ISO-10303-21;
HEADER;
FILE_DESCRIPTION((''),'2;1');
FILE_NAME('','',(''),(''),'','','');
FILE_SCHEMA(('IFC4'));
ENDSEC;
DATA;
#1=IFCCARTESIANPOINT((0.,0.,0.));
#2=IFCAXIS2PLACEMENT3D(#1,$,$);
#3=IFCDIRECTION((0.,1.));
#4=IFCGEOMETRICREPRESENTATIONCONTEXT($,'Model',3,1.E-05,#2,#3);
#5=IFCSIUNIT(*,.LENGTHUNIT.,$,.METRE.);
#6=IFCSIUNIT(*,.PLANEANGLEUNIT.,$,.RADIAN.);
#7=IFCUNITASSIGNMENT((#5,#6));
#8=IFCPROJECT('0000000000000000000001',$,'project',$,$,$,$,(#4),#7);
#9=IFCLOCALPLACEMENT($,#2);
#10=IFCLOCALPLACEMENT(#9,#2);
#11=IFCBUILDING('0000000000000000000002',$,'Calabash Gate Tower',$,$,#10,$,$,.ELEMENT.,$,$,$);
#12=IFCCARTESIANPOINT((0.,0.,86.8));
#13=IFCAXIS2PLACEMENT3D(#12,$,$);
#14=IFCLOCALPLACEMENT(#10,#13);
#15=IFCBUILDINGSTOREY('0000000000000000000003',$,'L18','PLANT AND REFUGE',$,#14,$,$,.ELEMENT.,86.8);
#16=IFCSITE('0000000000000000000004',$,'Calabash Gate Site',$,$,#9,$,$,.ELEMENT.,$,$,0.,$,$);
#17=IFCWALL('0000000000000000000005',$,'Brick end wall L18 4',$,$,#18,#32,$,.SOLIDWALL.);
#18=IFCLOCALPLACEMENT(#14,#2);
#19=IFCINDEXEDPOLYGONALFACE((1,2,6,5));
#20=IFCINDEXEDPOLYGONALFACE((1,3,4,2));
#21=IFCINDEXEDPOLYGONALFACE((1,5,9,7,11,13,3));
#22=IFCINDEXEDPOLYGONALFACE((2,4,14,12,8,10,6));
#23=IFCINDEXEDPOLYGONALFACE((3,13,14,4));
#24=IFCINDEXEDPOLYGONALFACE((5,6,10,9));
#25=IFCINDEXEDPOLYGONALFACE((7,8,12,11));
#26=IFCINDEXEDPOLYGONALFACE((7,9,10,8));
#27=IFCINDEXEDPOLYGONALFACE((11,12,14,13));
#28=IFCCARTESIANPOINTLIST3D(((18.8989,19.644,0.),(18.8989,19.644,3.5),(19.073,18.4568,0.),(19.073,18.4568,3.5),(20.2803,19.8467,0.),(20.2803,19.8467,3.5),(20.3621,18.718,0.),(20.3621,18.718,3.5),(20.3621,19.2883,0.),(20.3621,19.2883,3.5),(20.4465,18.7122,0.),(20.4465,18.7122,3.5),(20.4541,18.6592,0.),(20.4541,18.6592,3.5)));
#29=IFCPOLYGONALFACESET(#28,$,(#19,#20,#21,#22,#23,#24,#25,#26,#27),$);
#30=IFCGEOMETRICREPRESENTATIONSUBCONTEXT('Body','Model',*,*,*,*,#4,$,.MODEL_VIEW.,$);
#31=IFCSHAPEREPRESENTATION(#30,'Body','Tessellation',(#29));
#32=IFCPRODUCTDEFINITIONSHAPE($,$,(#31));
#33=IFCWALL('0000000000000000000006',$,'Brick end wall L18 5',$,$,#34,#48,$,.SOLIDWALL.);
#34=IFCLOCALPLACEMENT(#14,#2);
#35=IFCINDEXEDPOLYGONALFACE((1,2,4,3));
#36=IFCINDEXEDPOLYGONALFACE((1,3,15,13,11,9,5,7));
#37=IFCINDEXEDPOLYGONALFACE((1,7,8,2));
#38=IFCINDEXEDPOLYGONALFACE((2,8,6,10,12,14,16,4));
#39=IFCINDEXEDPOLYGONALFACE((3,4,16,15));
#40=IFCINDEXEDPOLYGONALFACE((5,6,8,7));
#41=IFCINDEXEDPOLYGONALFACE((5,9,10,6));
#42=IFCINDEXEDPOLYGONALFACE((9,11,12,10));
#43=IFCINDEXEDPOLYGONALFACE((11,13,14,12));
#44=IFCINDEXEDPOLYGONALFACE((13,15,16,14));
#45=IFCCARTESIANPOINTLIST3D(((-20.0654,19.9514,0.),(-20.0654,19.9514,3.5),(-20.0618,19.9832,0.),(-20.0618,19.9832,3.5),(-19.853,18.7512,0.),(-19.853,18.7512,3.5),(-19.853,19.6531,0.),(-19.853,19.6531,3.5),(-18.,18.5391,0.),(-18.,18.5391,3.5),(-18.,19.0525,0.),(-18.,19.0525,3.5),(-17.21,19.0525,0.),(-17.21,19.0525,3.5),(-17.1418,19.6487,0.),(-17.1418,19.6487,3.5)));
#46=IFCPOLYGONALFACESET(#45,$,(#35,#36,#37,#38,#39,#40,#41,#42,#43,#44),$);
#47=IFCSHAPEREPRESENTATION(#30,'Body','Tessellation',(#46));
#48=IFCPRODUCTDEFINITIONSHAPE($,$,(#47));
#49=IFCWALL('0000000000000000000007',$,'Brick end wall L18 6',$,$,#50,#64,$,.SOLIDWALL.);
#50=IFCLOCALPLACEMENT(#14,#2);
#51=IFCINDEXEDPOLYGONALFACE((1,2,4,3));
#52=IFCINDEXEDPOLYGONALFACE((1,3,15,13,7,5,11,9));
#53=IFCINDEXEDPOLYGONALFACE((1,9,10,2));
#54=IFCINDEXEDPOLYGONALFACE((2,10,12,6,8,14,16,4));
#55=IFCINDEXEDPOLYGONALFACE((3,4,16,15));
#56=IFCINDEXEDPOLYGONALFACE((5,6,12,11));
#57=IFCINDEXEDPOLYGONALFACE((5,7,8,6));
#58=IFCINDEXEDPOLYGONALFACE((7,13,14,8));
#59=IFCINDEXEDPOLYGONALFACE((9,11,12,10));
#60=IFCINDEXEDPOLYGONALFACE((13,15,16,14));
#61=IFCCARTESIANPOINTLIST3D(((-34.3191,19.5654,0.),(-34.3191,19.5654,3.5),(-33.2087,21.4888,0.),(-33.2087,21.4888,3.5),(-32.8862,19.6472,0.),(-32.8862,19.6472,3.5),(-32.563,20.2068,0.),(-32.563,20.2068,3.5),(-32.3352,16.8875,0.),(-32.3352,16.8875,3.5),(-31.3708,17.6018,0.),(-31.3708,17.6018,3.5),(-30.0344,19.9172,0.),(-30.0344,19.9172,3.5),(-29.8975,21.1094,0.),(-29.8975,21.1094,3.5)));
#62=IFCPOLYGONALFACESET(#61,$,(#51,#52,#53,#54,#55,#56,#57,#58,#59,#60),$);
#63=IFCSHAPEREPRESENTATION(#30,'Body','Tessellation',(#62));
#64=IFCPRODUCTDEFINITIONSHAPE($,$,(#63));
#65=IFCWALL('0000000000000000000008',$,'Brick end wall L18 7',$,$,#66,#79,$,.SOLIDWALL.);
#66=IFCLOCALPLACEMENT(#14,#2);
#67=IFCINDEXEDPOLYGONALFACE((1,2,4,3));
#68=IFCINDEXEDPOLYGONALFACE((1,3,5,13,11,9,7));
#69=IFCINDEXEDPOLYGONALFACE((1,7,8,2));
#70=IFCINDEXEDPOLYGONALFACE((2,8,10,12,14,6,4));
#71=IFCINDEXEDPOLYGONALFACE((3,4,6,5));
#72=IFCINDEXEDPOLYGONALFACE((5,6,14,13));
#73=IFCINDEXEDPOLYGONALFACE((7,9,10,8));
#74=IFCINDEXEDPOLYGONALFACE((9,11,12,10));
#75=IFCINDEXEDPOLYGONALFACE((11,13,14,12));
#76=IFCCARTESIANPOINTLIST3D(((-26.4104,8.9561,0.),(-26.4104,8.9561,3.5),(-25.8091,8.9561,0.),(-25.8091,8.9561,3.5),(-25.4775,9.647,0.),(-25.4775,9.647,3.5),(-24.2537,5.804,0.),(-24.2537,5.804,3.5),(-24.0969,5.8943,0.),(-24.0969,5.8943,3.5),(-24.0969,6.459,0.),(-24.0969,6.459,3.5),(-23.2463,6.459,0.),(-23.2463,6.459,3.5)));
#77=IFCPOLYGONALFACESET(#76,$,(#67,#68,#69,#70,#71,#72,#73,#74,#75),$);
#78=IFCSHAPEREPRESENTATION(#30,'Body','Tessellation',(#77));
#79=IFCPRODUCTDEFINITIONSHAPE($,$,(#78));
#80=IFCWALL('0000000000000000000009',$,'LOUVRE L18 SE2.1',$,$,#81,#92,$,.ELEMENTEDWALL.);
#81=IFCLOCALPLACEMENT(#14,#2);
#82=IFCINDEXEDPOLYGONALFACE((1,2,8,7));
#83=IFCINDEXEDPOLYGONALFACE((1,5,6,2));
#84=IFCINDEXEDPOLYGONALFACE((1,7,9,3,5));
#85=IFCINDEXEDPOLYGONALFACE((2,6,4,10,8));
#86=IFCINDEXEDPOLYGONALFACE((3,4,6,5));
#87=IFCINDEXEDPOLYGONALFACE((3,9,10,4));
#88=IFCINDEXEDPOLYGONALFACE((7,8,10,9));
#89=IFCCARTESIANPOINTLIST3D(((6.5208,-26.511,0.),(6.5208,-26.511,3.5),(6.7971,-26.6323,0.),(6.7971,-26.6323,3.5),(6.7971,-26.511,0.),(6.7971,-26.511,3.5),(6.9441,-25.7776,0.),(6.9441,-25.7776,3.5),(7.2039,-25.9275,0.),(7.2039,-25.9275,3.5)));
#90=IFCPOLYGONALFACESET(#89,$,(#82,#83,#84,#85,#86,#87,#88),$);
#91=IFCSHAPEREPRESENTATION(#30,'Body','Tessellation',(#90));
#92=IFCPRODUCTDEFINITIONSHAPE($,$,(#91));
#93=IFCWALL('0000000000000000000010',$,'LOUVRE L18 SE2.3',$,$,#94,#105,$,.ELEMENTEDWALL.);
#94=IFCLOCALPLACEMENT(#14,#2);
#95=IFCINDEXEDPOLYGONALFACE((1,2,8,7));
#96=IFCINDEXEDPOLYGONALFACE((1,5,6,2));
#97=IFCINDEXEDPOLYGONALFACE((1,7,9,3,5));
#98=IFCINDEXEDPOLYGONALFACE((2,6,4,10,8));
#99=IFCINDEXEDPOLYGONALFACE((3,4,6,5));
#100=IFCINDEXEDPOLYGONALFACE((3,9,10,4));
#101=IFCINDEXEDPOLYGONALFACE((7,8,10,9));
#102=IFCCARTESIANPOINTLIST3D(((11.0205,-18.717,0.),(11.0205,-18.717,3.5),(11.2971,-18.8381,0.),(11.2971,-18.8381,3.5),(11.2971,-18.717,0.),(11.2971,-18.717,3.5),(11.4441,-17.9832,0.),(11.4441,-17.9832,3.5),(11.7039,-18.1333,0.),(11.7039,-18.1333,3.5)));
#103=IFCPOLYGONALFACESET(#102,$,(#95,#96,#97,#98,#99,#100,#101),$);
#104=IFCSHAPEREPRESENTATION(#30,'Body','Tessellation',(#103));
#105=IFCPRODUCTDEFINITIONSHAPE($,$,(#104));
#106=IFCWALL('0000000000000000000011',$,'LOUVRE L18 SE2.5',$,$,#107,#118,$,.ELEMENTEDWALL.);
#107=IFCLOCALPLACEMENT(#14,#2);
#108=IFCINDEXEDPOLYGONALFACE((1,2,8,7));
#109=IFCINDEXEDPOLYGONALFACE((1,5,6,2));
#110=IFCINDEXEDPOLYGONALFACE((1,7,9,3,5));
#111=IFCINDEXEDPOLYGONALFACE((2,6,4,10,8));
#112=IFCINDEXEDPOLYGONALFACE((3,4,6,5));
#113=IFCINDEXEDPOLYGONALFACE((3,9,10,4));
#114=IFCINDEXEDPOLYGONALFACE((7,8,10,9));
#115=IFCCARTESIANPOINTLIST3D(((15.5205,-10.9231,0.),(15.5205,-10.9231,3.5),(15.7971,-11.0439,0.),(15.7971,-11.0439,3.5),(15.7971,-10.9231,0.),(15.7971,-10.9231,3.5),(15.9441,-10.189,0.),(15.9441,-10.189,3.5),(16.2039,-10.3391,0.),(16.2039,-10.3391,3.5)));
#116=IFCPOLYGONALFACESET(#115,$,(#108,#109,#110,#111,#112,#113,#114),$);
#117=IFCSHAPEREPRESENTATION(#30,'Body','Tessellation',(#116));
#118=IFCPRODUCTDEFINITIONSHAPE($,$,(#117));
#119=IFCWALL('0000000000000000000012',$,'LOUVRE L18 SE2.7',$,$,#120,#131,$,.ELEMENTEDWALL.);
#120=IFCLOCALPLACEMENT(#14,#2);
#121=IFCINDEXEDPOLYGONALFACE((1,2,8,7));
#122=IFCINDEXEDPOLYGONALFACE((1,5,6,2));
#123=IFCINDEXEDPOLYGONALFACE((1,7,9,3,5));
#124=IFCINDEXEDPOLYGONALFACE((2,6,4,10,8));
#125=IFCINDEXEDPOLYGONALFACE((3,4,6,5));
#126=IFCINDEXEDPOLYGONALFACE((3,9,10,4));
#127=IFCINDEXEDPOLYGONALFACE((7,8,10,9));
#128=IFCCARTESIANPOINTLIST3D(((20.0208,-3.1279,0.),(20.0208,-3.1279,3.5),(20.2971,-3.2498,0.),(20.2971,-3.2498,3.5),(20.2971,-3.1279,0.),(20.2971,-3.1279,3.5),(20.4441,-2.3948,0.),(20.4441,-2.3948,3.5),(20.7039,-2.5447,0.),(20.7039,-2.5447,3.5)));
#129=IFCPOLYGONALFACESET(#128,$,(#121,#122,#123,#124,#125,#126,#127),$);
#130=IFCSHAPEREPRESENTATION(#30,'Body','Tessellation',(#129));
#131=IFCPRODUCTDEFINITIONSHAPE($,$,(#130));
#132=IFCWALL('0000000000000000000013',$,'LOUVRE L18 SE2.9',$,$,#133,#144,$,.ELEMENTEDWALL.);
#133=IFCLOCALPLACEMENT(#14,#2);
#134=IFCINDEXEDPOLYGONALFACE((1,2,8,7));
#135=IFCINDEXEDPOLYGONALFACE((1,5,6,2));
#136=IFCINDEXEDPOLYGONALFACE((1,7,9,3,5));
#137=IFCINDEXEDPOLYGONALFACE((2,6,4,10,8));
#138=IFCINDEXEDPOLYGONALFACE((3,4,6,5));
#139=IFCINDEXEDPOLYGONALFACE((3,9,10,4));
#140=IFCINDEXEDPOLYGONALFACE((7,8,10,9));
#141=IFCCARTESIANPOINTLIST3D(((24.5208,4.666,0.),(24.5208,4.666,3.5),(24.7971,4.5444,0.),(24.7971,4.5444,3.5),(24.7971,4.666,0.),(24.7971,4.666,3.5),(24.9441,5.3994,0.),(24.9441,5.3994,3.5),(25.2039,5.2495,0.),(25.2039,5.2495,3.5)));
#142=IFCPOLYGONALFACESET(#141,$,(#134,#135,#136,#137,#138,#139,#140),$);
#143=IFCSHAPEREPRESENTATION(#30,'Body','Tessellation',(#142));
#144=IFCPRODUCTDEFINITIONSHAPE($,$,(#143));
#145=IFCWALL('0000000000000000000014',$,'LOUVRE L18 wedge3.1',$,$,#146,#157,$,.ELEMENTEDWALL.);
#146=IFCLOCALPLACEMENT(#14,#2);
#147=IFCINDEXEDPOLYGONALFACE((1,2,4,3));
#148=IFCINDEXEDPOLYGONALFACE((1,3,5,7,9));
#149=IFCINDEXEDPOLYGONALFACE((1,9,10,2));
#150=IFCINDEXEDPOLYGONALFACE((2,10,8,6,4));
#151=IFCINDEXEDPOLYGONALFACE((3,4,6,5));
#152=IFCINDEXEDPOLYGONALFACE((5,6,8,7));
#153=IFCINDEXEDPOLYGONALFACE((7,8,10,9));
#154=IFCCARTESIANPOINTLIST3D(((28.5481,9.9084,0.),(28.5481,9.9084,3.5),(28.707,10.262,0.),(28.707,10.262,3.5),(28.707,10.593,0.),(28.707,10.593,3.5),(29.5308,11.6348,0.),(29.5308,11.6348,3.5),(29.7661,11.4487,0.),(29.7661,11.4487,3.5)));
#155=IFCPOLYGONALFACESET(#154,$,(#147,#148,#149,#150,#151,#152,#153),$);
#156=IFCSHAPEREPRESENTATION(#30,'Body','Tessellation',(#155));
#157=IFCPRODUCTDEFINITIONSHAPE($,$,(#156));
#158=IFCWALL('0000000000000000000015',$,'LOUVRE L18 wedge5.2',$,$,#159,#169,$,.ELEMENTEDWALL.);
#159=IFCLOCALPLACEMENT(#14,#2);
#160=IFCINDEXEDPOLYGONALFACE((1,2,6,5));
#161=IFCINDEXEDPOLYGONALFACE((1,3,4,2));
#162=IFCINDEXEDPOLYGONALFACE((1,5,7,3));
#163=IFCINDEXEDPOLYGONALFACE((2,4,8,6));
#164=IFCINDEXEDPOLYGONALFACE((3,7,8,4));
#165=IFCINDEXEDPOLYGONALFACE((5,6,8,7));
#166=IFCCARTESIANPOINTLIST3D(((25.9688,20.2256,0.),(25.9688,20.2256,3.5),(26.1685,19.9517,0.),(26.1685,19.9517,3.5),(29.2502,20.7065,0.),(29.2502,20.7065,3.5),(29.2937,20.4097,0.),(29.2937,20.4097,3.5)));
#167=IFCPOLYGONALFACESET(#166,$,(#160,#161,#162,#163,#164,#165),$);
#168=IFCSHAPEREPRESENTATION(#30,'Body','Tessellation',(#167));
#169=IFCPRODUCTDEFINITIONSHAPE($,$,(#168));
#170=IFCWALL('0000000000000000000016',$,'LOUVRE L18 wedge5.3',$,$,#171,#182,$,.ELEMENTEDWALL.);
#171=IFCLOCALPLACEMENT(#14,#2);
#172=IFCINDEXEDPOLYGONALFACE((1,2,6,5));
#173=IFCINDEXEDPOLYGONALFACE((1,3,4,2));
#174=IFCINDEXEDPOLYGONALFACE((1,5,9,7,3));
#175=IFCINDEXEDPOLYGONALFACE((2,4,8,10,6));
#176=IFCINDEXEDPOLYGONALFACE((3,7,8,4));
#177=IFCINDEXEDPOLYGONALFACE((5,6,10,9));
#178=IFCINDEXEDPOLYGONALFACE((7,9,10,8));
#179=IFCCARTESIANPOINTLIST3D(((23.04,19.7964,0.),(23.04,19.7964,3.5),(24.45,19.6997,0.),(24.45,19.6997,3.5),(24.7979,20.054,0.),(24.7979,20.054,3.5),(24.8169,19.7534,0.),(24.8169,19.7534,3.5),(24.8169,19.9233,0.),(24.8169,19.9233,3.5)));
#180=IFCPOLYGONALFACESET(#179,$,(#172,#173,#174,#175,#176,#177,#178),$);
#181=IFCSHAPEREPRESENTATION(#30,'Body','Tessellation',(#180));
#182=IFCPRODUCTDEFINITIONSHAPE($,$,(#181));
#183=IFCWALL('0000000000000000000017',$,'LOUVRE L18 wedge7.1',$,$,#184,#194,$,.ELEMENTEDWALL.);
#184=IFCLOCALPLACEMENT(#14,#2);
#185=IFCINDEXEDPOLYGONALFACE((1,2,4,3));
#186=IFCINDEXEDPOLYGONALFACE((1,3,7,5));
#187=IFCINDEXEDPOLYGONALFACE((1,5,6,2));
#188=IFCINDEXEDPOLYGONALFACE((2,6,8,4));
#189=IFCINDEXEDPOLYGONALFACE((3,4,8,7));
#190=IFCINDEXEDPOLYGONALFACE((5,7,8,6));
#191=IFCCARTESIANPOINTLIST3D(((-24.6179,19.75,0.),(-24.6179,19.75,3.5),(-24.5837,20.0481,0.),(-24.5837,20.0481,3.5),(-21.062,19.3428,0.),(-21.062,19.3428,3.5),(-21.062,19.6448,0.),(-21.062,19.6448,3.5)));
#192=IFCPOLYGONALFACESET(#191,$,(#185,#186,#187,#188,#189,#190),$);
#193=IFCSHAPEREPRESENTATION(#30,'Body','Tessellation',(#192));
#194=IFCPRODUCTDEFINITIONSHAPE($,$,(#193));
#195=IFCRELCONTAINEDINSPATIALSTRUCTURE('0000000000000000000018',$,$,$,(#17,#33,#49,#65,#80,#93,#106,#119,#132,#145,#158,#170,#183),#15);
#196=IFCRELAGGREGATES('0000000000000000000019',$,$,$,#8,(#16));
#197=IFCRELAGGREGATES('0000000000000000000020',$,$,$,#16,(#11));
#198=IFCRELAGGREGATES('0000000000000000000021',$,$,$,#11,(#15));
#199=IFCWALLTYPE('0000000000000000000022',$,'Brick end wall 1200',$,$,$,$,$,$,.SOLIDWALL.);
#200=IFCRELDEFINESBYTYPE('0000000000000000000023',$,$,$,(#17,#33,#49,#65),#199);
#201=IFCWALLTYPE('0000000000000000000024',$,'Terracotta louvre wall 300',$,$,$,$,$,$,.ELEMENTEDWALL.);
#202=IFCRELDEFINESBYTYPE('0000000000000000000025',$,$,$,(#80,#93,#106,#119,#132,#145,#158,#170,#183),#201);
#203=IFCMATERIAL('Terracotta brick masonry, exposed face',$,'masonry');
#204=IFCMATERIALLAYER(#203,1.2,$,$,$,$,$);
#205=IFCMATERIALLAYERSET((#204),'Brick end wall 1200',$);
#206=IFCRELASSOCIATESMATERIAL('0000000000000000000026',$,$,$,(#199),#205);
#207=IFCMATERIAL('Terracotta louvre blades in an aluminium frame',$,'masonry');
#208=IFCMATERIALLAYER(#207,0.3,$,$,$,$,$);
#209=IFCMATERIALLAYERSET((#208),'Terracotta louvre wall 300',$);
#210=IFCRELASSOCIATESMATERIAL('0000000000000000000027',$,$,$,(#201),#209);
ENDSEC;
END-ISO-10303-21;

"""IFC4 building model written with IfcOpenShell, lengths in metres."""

from ifc_helpers import new_model, si_unit, direction, frame, origin, place, context, subcontext, project, spatial, polyline, outline, extrude, material, layer, layer_set, type_object, element, save


model = new_model("IFC4")

# Units and contexts
model_context = context("Model", 3, precision=1e-05, world=origin(), true_north=direction((0.0, 1.0)))
body_context = subcontext(model_context, "Body", "Model", "MODEL_VIEW")
ifc_project = project(units=[si_unit("LENGTHUNIT", "METRE"), si_unit("PLANEANGLEUNIT", "RADIAN")], contexts=[model_context])

# Site, building, storey
site_placement = place(None, origin())
site = spatial("IfcSite", under=ifc_project, at=site_placement, Name="Calabash Gate Site", CompositionType="ELEMENT", RefElevation=0.0)
building_placement = place(site_placement, origin())
building = spatial("IfcBuilding", under=site, at=building_placement, Name="Calabash Gate Tower", CompositionType="ELEMENT")
storey_placement = place(building_placement, frame((0.0, 0.0, 86.8)))
storey = spatial("IfcBuildingStorey", under=building, at=storey_placement, Name="L18", Description="PLANT AND REFUGE", CompositionType="ELEMENT", Elevation=86.8)

# Walls
ifc_material_1 = material(Name="Terracotta brick masonry, exposed face", Category="masonry")
ifc_layer_1 = layer(ifc_material_1, 1.2)
ifc_layer_set_1 = layer_set([ifc_layer_1], Name="Brick end wall 1200")
wall_type_1 = type_object("IfcWallType", Name="Brick end wall 1200", PredefinedType="SOLIDWALL", material=ifc_layer_set_1)
wall_1_placement = place(storey_placement, origin())
element("IfcWall", 1, at=wall_1_placement, inside=storey, type_object=wall_type_1, Name="Brick end wall L18 4", PredefinedType="SOLIDWALL", context=body_context, shape_type="SweptSolid", body=[
    extrude(outline(polyline([(18.8989, 19.644), (20.2803, 19.8467), (20.3621, 19.2883), (20.3621, 18.718), (20.4465, 18.7122), (20.4541, 18.6592), (19.073, 18.4568), (18.8989, 19.644)])), origin(), (0.0, 0.0, 1.0), 3.5),
])
wall_2_placement = place(storey_placement, origin())
element("IfcWall", 2, at=wall_2_placement, inside=storey, type_object=wall_type_1, Name="Brick end wall L18 5", PredefinedType="SOLIDWALL", context=body_context, shape_type="SweptSolid", body=[
    extrude(outline(polyline([(-19.853, 18.7512), (-18.0, 18.5391), (-18.0, 19.0525), (-17.21, 19.0525), (-17.1418, 19.6487), (-20.0618, 19.9832), (-20.0654, 19.9514), (-19.853, 19.6531), (-19.853, 18.7512)])), origin(), (0.0, 0.0, 1.0), 3.5),
])
wall_3_placement = place(storey_placement, origin())
element("IfcWall", 3, at=wall_3_placement, inside=storey, type_object=wall_type_1, Name="Brick end wall L18 6", PredefinedType="SOLIDWALL", context=body_context, shape_type="SweptSolid", body=[
    extrude(outline(polyline([(-29.8975, 21.1094), (-33.2087, 21.4888), (-34.3191, 19.5654), (-32.3352, 16.8875), (-31.3708, 17.6018), (-32.8862, 19.6472), (-32.563, 20.2068), (-30.0344, 19.9172), (-29.8975, 21.1094)])), origin(), (0.0, 0.0, 1.0), 3.5),
])
wall_4_placement = place(storey_placement, origin())
element("IfcWall", 4, at=wall_4_placement, inside=storey, type_object=wall_type_1, Name="Brick end wall L18 7", PredefinedType="SOLIDWALL", context=body_context, shape_type="SweptSolid", body=[
    extrude(outline(polyline([(-26.4104, 8.9561), (-24.2537, 5.804), (-24.0969, 5.8943), (-24.0969, 6.459), (-23.2463, 6.459), (-25.4775, 9.647), (-25.8091, 8.9561), (-26.4104, 8.9561)])), origin(), (0.0, 0.0, 1.0), 3.5),
])
ifc_material_2 = material(Name="Terracotta louvre blades in an aluminium frame", Category="masonry")
ifc_layer_2 = layer(ifc_material_2, 0.3)
ifc_layer_set_2 = layer_set([ifc_layer_2], Name="Terracotta louvre wall 300")
wall_type_2 = type_object("IfcWallType", Name="Terracotta louvre wall 300", PredefinedType="ELEMENTEDWALL", material=ifc_layer_set_2)
wall_5_placement = place(storey_placement, origin())
element("IfcWall", 5, at=wall_5_placement, inside=storey, type_object=wall_type_2, Name="LOUVRE L18 SE2.1", PredefinedType="ELEMENTEDWALL", context=body_context, shape_type="SweptSolid", body=[
    extrude(outline(polyline([(6.9441, -25.7776), (6.5208, -26.511), (6.7971, -26.511), (6.7971, -26.6323), (7.2039, -25.9275), (6.9441, -25.7776)])), origin(), (0.0, 0.0, 1.0), 3.5),
])
wall_6_placement = place(storey_placement, origin())
element("IfcWall", 6, at=wall_6_placement, inside=storey, type_object=wall_type_2, Name="LOUVRE L18 SE2.3", PredefinedType="ELEMENTEDWALL", context=body_context, shape_type="SweptSolid", body=[
    extrude(outline(polyline([(11.4441, -17.9832), (11.0205, -18.717), (11.2971, -18.717), (11.2971, -18.8381), (11.7039, -18.1333), (11.4441, -17.9832)])), origin(), (0.0, 0.0, 1.0), 3.5),
])
wall_7_placement = place(storey_placement, origin())
element("IfcWall", 7, at=wall_7_placement, inside=storey, type_object=wall_type_2, Name="LOUVRE L18 SE2.5", PredefinedType="ELEMENTEDWALL", context=body_context, shape_type="SweptSolid", body=[
    extrude(outline(polyline([(15.9441, -10.189), (15.5205, -10.9231), (15.7971, -10.9231), (15.7971, -11.0439), (16.2039, -10.3391), (15.9441, -10.189)])), origin(), (0.0, 0.0, 1.0), 3.5),
])
wall_8_placement = place(storey_placement, origin())
element("IfcWall", 8, at=wall_8_placement, inside=storey, type_object=wall_type_2, Name="LOUVRE L18 SE2.7", PredefinedType="ELEMENTEDWALL", context=body_context, shape_type="SweptSolid", body=[
    extrude(outline(polyline([(20.4441, -2.3948), (20.0208, -3.1279), (20.2971, -3.1279), (20.2971, -3.2498), (20.7039, -2.5447), (20.4441, -2.3948)])), origin(), (0.0, 0.0, 1.0), 3.5),
])
wall_9_placement = place(storey_placement, origin())
element("IfcWall", 9, at=wall_9_placement, inside=storey, type_object=wall_type_2, Name="LOUVRE L18 SE2.9", PredefinedType="ELEMENTEDWALL", context=body_context, shape_type="SweptSolid", body=[
    extrude(outline(polyline([(24.9441, 5.3994), (24.5208, 4.666), (24.7971, 4.666), (24.7971, 4.5444), (25.2039, 5.2495), (24.9441, 5.3994)])), origin(), (0.0, 0.0, 1.0), 3.5),
])
wall_10_placement = place(storey_placement, origin())
element("IfcWall", 10, at=wall_10_placement, inside=storey, type_object=wall_type_2, Name="LOUVRE L18 wedge3.1", PredefinedType="ELEMENTEDWALL", context=body_context, shape_type="SweptSolid", body=[
    extrude(outline(polyline([(29.5308, 11.6348), (28.707, 10.593), (28.707, 10.262), (28.5481, 9.9084), (29.7661, 11.4487), (29.5308, 11.6348)])), origin(), (0.0, 0.0, 1.0), 3.5),
])
wall_11_placement = place(storey_placement, origin())
element("IfcWall", 11, at=wall_11_placement, inside=storey, type_object=wall_type_2, Name="LOUVRE L18 wedge5.2", PredefinedType="ELEMENTEDWALL", context=body_context, shape_type="SweptSolid", body=[
    extrude(outline(polyline([(29.2502, 20.7065), (25.9688, 20.2256), (26.1685, 19.9517), (29.2937, 20.4097), (29.2502, 20.7065)])), origin(), (0.0, 0.0, 1.0), 3.5),
])
wall_12_placement = place(storey_placement, origin())
element("IfcWall", 12, at=wall_12_placement, inside=storey, type_object=wall_type_2, Name="LOUVRE L18 wedge5.3", PredefinedType="ELEMENTEDWALL", context=body_context, shape_type="SweptSolid", body=[
    extrude(outline(polyline([(24.7979, 20.054), (23.04, 19.7964), (24.45, 19.6997), (24.8169, 19.7534), (24.8169, 19.9233), (24.7979, 20.054)])), origin(), (0.0, 0.0, 1.0), 3.5),
])
wall_13_placement = place(storey_placement, origin())
element("IfcWall", 13, at=wall_13_placement, inside=storey, type_object=wall_type_2, Name="LOUVRE L18 wedge7.1", PredefinedType="ELEMENTEDWALL", context=body_context, shape_type="SweptSolid", body=[
    extrude(outline(polyline([(-24.6179, 19.75), (-21.062, 19.3428), (-21.062, 19.6448), (-24.5837, 20.0481), (-24.6179, 19.75)])), origin(), (0.0, 0.0, 1.0), 3.5),
])

save(model, "model.ifc")
